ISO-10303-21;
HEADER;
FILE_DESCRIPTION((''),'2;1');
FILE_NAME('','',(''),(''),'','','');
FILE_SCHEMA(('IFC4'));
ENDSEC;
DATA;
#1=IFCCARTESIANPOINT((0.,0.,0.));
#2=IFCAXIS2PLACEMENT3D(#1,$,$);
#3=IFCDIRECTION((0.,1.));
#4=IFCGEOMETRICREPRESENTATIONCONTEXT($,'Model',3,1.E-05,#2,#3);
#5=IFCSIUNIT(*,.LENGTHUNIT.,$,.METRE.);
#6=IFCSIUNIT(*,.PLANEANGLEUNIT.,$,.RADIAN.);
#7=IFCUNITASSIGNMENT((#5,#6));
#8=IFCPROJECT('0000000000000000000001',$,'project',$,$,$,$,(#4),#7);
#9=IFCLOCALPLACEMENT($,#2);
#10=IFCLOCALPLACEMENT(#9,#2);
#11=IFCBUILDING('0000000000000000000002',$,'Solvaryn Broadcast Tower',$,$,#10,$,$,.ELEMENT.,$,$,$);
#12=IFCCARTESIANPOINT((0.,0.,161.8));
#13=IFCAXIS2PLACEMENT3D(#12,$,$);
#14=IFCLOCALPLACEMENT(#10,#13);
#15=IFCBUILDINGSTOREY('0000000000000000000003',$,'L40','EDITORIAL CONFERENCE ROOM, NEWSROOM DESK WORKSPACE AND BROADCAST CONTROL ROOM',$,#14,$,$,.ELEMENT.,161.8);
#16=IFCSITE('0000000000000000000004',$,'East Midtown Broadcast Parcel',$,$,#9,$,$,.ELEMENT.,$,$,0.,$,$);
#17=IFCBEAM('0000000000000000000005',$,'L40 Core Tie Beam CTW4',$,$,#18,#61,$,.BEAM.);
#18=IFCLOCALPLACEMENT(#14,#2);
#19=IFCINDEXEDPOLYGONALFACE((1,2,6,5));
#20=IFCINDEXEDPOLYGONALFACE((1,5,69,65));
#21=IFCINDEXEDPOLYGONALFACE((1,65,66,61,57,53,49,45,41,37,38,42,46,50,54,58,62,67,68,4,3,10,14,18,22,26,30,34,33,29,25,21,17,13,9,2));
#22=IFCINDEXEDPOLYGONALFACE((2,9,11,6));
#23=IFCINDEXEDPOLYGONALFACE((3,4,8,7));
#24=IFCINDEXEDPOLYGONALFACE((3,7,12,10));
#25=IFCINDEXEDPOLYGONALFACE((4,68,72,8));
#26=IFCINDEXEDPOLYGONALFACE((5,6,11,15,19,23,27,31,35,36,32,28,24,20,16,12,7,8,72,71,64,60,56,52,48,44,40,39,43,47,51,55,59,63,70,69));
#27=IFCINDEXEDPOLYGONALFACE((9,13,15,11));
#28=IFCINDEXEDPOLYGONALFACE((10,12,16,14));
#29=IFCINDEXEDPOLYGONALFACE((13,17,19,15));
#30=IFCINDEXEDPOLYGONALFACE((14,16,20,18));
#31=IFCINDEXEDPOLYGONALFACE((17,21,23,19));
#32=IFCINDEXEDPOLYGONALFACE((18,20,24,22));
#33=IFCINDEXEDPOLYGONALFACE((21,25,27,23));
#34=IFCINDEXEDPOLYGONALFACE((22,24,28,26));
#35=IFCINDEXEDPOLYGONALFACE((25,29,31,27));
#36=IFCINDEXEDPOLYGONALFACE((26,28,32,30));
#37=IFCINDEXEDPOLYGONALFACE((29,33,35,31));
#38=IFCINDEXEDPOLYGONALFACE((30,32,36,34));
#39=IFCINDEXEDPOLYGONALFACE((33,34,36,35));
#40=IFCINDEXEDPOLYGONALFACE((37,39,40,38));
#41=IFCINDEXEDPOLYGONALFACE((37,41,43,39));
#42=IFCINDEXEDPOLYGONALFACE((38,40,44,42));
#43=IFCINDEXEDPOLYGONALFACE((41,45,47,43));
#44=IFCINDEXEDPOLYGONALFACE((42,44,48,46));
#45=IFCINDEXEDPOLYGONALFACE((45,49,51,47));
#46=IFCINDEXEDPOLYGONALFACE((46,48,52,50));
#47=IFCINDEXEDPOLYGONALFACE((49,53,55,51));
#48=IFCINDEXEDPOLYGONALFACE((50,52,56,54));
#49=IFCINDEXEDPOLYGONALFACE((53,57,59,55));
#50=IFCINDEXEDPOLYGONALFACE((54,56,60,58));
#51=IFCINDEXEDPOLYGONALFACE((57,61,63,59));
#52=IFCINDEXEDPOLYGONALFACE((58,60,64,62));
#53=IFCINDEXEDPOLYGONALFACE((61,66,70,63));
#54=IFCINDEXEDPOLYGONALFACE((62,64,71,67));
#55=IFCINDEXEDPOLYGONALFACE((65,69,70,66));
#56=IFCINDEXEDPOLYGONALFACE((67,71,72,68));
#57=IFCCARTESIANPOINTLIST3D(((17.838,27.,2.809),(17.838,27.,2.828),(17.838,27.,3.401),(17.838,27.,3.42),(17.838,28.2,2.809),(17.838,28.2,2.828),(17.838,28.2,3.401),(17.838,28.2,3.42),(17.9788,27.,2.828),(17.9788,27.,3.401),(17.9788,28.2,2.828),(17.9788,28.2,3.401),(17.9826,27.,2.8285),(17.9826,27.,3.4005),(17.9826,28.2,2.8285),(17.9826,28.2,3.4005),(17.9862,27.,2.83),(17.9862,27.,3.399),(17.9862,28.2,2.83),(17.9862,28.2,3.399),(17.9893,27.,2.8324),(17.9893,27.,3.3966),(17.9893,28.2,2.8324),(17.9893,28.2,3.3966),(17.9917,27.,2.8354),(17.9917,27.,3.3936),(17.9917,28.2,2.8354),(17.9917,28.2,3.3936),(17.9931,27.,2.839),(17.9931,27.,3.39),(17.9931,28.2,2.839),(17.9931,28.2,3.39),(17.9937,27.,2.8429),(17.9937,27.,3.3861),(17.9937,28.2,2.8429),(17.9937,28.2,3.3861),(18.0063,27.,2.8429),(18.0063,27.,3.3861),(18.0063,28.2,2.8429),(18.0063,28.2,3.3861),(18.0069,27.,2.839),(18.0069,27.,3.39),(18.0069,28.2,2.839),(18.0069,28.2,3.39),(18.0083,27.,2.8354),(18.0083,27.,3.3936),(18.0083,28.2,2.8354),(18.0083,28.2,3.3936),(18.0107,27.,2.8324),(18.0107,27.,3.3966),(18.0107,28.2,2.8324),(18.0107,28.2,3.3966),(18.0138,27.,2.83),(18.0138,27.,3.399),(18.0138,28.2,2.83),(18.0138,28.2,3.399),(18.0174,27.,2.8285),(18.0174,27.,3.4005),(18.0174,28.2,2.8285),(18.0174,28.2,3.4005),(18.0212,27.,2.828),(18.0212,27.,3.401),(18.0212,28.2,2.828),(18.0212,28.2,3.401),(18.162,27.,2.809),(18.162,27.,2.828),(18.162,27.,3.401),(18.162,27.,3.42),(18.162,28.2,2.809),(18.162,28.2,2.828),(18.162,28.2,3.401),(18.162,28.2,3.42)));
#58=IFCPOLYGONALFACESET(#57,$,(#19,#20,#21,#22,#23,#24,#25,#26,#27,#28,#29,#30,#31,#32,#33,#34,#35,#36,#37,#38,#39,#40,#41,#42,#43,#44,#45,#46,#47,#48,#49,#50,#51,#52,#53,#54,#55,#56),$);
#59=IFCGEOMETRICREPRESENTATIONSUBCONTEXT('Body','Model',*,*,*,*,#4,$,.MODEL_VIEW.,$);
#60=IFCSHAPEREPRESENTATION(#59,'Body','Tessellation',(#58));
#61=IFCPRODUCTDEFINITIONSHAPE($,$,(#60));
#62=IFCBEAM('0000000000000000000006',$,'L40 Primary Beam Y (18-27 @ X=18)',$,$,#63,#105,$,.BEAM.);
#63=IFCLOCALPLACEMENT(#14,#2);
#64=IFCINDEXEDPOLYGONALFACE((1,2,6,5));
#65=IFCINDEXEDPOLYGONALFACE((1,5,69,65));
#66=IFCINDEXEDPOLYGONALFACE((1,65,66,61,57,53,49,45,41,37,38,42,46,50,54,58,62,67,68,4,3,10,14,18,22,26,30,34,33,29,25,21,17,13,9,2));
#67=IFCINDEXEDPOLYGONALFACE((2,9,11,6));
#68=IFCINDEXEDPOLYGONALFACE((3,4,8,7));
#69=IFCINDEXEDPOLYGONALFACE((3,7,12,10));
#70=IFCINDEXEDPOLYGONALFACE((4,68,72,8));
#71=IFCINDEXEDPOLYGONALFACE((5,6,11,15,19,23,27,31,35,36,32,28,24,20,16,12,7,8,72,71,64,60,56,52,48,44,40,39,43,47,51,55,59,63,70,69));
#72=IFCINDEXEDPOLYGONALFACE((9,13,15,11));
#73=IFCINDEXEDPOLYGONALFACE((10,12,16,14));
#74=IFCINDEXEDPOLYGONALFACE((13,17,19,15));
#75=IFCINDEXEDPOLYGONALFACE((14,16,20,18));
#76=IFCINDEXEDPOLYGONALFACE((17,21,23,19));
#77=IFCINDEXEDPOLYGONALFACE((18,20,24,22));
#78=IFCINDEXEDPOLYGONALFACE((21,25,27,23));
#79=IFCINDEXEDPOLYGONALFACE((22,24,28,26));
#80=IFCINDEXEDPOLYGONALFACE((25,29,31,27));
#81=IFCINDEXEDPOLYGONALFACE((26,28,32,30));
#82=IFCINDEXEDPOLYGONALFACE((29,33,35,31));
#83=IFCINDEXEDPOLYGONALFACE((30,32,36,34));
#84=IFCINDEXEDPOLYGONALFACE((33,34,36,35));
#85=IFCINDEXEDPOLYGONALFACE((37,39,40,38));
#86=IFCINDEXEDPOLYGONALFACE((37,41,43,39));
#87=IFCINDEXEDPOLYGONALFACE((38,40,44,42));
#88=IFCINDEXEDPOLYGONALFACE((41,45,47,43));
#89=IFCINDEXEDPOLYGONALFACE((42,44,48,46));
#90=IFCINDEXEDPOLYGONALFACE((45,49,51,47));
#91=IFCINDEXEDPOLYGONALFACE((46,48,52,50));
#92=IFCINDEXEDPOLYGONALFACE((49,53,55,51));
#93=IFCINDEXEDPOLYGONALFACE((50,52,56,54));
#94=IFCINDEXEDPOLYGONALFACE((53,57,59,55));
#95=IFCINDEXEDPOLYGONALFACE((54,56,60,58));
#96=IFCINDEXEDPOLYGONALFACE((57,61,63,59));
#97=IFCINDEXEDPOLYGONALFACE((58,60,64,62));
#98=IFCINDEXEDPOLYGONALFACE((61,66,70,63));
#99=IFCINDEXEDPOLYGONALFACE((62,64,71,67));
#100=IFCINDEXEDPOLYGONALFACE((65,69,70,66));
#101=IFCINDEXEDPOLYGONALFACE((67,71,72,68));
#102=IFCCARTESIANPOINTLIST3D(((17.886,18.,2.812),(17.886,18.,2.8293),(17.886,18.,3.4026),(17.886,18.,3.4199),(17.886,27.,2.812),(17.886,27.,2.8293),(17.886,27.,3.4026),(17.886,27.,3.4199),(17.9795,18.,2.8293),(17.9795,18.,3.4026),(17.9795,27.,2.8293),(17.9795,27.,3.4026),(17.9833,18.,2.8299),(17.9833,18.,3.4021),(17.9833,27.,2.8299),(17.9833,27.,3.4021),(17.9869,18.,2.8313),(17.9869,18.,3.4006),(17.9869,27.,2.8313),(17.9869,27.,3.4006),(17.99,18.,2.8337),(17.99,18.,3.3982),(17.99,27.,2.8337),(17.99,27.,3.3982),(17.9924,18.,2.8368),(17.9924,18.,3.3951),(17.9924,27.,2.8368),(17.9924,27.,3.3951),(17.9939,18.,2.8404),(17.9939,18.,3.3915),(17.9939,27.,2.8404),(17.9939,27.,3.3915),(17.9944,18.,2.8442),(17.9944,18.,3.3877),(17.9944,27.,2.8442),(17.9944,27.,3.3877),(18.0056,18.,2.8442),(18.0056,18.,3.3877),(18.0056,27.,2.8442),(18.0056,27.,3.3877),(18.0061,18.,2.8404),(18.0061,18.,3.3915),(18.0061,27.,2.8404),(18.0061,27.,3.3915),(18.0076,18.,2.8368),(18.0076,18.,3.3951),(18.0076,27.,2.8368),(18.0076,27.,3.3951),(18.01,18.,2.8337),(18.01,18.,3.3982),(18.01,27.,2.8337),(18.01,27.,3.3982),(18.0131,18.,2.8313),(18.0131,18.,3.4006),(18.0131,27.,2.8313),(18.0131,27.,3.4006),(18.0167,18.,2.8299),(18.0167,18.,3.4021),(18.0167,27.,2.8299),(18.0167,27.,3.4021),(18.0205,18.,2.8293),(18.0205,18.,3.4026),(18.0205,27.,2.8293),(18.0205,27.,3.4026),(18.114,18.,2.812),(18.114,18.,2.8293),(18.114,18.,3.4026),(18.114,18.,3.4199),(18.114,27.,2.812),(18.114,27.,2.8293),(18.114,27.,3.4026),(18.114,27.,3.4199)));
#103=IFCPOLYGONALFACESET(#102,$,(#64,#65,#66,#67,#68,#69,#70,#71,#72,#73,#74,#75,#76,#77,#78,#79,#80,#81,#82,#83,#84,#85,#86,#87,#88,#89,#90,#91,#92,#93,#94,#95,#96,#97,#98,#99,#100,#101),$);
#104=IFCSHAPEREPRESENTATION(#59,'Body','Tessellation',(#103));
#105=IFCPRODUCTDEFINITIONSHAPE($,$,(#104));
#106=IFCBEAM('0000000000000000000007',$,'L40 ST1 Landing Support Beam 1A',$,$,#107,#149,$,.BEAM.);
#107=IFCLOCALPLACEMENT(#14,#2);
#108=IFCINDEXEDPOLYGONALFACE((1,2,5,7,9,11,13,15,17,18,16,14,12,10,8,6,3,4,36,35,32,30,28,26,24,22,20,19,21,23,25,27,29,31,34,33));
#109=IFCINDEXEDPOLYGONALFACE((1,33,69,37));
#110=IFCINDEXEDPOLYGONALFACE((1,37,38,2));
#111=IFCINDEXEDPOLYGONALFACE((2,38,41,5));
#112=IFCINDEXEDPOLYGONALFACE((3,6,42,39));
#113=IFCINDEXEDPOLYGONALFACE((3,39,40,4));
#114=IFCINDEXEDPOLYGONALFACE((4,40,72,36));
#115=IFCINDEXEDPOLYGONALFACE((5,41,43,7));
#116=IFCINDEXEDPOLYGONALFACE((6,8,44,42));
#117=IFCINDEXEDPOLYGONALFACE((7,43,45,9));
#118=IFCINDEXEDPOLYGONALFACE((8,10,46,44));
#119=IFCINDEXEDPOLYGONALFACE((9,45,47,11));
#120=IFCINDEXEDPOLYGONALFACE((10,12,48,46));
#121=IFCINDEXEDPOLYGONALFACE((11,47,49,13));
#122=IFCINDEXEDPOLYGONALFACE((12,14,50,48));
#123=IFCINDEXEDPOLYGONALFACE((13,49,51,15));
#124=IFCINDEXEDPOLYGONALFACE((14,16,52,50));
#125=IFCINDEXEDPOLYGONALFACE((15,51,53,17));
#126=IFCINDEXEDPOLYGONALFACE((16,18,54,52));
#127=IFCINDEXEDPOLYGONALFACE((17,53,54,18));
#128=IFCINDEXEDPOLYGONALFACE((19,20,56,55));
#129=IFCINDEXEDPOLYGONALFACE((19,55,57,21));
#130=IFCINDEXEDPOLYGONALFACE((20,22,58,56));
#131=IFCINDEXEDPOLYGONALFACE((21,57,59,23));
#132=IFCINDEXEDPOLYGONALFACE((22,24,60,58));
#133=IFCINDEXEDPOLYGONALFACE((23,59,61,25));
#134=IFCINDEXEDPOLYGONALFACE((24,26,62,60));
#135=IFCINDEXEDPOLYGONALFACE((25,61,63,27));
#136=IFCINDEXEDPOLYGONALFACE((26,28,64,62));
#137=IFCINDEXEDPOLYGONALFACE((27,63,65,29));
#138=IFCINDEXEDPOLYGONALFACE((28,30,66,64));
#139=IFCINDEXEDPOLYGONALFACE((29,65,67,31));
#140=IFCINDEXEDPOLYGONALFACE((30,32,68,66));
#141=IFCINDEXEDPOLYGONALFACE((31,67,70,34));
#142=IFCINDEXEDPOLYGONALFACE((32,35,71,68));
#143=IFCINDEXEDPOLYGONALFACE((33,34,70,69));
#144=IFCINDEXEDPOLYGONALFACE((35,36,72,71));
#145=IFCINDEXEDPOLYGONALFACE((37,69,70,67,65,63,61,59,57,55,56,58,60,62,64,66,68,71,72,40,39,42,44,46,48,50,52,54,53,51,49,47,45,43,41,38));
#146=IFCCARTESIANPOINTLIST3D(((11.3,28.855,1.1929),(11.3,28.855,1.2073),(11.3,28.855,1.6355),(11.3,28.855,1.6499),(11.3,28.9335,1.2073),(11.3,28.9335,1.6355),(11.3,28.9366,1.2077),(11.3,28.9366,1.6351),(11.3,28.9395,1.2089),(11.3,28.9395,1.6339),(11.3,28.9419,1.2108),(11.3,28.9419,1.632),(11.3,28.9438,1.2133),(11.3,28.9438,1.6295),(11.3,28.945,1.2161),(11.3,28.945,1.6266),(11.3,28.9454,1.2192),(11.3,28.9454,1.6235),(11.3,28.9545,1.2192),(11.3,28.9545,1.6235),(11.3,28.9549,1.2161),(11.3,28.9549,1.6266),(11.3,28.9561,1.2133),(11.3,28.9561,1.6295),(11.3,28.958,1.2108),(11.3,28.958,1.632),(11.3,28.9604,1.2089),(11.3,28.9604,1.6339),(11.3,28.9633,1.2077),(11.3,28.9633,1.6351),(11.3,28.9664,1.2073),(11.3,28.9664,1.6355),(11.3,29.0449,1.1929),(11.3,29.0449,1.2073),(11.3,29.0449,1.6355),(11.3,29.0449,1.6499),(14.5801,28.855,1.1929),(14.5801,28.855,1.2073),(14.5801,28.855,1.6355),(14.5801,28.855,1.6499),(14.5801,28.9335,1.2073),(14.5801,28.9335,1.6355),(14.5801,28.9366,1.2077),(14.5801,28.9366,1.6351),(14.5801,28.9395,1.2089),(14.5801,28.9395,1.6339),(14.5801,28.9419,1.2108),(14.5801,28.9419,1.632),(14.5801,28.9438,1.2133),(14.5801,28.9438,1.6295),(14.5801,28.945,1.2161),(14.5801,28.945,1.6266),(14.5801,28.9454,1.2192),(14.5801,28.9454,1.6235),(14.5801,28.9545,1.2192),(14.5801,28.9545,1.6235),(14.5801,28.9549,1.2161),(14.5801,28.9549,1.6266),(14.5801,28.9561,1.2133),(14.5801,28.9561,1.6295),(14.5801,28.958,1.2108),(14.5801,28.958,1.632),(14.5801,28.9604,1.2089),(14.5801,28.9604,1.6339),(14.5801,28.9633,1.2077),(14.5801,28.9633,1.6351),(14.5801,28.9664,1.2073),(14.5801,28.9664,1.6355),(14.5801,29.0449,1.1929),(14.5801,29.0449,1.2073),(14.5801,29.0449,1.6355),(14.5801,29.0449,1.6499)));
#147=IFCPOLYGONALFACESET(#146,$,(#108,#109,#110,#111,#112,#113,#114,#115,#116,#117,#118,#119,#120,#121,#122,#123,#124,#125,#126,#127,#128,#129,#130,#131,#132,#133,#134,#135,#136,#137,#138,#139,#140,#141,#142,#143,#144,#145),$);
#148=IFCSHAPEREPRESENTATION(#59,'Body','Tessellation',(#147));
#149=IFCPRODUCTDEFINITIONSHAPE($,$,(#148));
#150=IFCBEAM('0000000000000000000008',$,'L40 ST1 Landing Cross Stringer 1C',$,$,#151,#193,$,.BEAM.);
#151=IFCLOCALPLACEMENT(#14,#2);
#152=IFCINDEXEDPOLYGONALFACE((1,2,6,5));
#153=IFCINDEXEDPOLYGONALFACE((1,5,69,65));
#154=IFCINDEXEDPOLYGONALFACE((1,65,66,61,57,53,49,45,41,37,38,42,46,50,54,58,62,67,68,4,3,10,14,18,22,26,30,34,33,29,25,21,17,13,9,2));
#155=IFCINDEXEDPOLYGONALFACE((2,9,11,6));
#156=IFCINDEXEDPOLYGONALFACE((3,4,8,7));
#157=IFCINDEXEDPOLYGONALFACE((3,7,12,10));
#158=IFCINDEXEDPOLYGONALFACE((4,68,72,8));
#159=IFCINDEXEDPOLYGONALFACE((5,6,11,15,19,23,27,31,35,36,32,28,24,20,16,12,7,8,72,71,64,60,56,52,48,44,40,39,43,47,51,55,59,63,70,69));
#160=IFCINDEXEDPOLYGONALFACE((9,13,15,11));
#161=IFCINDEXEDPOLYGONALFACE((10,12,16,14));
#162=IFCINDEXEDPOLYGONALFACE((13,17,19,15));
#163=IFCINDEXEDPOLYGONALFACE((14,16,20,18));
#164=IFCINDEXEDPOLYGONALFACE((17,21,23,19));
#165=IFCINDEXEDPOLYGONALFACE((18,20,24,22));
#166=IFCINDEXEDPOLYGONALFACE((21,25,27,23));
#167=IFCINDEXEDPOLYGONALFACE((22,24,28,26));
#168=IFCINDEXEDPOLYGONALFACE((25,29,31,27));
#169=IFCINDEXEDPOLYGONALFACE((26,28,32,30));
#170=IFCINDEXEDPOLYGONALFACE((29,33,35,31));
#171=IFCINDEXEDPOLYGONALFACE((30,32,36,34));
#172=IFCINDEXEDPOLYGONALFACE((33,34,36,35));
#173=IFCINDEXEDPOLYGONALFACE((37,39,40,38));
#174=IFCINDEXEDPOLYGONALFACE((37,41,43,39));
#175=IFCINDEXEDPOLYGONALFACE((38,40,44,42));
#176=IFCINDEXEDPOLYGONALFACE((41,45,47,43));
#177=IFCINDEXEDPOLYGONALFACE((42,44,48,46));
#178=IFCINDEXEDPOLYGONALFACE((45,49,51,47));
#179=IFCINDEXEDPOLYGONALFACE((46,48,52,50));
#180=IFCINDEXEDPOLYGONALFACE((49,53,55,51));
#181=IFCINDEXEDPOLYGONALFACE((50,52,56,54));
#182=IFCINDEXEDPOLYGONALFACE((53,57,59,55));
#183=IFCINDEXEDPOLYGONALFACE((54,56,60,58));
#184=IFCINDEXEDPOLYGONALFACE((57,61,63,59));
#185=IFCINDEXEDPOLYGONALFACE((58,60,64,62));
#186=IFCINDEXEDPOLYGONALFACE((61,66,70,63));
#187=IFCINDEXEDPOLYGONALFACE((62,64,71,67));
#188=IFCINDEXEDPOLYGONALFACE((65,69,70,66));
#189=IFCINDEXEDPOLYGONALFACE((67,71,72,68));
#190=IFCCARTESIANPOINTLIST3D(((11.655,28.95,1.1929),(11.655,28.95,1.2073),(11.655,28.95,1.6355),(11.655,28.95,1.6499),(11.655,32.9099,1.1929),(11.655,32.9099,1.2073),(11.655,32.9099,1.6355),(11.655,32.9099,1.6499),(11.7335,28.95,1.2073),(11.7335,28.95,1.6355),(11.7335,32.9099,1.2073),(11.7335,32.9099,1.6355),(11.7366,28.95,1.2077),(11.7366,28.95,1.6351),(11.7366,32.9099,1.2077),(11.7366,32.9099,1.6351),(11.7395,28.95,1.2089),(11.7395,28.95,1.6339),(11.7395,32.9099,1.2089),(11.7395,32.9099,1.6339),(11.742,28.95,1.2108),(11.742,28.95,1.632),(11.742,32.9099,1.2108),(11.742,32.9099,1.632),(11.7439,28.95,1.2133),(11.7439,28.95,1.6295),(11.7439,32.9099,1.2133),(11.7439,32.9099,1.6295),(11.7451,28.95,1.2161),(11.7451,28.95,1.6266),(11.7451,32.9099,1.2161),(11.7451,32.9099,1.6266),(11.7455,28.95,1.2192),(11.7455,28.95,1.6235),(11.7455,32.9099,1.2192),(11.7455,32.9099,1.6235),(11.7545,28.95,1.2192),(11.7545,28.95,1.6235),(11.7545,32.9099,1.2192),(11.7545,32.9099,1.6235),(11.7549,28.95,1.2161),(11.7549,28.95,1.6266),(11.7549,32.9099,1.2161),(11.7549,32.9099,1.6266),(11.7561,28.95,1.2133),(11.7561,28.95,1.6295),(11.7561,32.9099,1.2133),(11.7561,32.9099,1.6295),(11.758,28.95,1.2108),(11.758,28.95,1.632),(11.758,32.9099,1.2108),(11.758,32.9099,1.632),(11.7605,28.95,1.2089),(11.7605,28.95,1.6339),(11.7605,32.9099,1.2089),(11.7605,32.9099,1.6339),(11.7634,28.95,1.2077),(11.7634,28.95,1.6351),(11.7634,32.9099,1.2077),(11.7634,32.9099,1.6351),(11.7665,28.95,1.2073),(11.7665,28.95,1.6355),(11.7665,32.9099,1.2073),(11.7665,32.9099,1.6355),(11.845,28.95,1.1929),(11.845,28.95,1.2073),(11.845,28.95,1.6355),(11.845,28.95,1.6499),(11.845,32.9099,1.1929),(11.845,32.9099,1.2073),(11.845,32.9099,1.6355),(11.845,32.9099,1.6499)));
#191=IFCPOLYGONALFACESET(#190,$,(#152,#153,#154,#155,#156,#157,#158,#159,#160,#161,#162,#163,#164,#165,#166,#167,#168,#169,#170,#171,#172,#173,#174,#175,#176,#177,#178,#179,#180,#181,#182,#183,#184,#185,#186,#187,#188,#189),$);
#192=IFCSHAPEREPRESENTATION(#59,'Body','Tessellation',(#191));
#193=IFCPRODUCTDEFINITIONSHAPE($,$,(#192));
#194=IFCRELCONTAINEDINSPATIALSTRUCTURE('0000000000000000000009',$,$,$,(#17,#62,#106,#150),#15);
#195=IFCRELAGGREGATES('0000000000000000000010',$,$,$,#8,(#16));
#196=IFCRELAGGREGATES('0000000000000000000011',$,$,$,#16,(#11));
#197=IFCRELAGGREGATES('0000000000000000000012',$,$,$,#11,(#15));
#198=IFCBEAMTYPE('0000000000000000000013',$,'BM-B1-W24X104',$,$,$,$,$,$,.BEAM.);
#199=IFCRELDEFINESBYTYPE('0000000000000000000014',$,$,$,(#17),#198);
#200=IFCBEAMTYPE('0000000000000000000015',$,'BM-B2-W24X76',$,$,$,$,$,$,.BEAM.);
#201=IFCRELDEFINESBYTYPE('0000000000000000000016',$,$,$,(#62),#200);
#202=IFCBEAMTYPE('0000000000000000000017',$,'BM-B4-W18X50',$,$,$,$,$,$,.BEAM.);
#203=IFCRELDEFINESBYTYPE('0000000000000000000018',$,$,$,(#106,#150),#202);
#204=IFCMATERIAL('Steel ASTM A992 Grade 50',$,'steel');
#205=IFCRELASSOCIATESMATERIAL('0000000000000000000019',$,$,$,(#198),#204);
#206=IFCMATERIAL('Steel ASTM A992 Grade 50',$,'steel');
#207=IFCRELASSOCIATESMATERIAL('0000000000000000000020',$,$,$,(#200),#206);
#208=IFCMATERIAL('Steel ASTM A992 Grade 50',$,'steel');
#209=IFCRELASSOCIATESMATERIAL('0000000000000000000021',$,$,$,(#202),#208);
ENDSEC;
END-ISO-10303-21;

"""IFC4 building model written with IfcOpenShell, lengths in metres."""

from ifc_helpers import new_model, si_unit, direction, frame, origin, origin_2d, place, context, subcontext, project, spatial, i_section, extrude, material, material_profile, profile_set, type_object, element, save


model = new_model("IFC4")

# Units and contexts
model_context = context("Model", 3, precision=1e-05, world=origin(), true_north=direction((0.0, 1.0)))
body_context = subcontext(model_context, "Body", "Model", "MODEL_VIEW")
ifc_project = project(units=[si_unit("LENGTHUNIT", "METRE"), si_unit("PLANEANGLEUNIT", "RADIAN")], contexts=[model_context])

# Site, building, storey
site_placement = place(None, origin())
site = spatial("IfcSite", under=ifc_project, at=site_placement, Name="East Midtown Broadcast Parcel", CompositionType="ELEMENT", RefElevation=0.0)
building_placement = place(site_placement, origin())
building = spatial("IfcBuilding", under=site, at=building_placement, Name="Solvaryn Broadcast Tower", CompositionType="ELEMENT")
storey_placement = place(building_placement, frame((0.0, 0.0, 161.8)))
storey = spatial("IfcBuildingStorey", under=building, at=storey_placement, Name="L40", Description="EDITORIAL CONFERENCE ROOM, NEWSROOM DESK WORKSPACE AND BROADCAST CONTROL ROOM", CompositionType="ELEMENT", Elevation=161.8)

# Beams
ifc_material_1 = material(Name="Steel ASTM A992 Grade 50", Category="steel")
ifc_material_profile_1 = material_profile(ifc_material_1, i_section(OverallWidth=0.324, OverallDepth=0.6111, WebThickness=0.0127, FlangeThickness=0.019, FilletRadius=0.0149, at=origin_2d()))
ifc_profile_set_1 = profile_set([ifc_material_profile_1], Name="Steel ASTM A992 Grade 50")
beam_type_1 = type_object("IfcBeamType", Name="BM-B1-W24X104", PredefinedType="BEAM", material=ifc_profile_set_1)
beam_1_placement = place(storey_placement, frame((18.0, 27.0, 3.1145), z_axis=(0.0, 1.0, 0.0), x_axis=(-1.0, 0.0, 0.0)))
element("IfcBeam", 1, at=beam_1_placement, inside=storey, type_object=beam_type_1, Name="L40 Core Tie Beam CTW4", PredefinedType="BEAM", context=body_context, shape_type="SweptSolid", body=[
    extrude(i_section(OverallWidth=0.324, OverallDepth=0.6111, WebThickness=0.0127, FlangeThickness=0.019, FilletRadius=0.0149, at=origin_2d()), origin(), (0.0, 0.0, 1.0), 1.2),
])
ifc_material_2 = material(Name="Steel ASTM A992 Grade 50", Category="steel")
ifc_material_profile_2 = material_profile(ifc_material_2, i_section(OverallWidth=0.228, OverallDepth=0.6079, WebThickness=0.0112, FlangeThickness=0.0173, FilletRadius=0.0149, at=origin_2d()))
ifc_profile_set_2 = profile_set([ifc_material_profile_2], Name="Steel ASTM A992 Grade 50")
beam_type_2 = type_object("IfcBeamType", Name="BM-B2-W24X76", PredefinedType="BEAM", material=ifc_profile_set_2)
beam_2_placement = place(storey_placement, frame((18.0, 18.0, 3.116), z_axis=(0.0, 1.0, 0.0), x_axis=(-1.0, 0.0, 0.0)))
element("IfcBeam", 2, at=beam_2_placement, inside=storey, type_object=beam_type_2, Name="L40 Primary Beam Y (18-27 @ X=18)", PredefinedType="BEAM", context=body_context, shape_type="SweptSolid", body=[
    extrude(i_section(OverallWidth=0.228, OverallDepth=0.6079, WebThickness=0.0112, FlangeThickness=0.0173, FilletRadius=0.0149, at=origin_2d()), origin(), (0.0, 0.0, 1.0), 9.0),
])
ifc_material_3 = material(Name="Steel ASTM A992 Grade 50", Category="steel")
ifc_material_profile_3 = material_profile(ifc_material_3, i_section(OverallWidth=0.1899, OverallDepth=0.457, WebThickness=0.009, FlangeThickness=0.0144, FilletRadius=0.012, at=origin_2d()))
ifc_profile_set_3 = profile_set([ifc_material_profile_3], Name="Steel ASTM A992 Grade 50")
beam_type_3 = type_object("IfcBeamType", Name="BM-B4-W18X50", PredefinedType="BEAM", material=ifc_profile_set_3)
beam_3_placement = place(storey_placement, frame((11.3, 28.95, 1.4214), z_axis=(1.0, 0.0, 0.0), x_axis=(0.0, 1.0, 0.0)))
element("IfcBeam", 3, at=beam_3_placement, inside=storey, type_object=beam_type_3, Name="L40 ST1 Landing Support Beam 1A", PredefinedType="BEAM", context=body_context, shape_type="SweptSolid", body=[
    extrude(i_section(OverallWidth=0.1899, OverallDepth=0.457, WebThickness=0.009, FlangeThickness=0.0144, FilletRadius=0.012, at=origin_2d()), origin(), (0.0, 0.0, 1.0), 3.28),
])
beam_4_placement = place(storey_placement, frame((11.75, 28.95, 1.4214), z_axis=(0.0, 1.0, 0.0), x_axis=(-1.0, 0.0, 0.0)))
element("IfcBeam", 4, at=beam_4_placement, inside=storey, type_object=beam_type_3, Name="L40 ST1 Landing Cross Stringer 1C", PredefinedType="BEAM", context=body_context, shape_type="SweptSolid", body=[
    extrude(i_section(OverallWidth=0.1899, OverallDepth=0.457, WebThickness=0.009, FlangeThickness=0.0144, FilletRadius=0.012, at=origin_2d()), origin(), (0.0, 0.0, 1.0), 3.96),
])

save(model, "model.ifc")
